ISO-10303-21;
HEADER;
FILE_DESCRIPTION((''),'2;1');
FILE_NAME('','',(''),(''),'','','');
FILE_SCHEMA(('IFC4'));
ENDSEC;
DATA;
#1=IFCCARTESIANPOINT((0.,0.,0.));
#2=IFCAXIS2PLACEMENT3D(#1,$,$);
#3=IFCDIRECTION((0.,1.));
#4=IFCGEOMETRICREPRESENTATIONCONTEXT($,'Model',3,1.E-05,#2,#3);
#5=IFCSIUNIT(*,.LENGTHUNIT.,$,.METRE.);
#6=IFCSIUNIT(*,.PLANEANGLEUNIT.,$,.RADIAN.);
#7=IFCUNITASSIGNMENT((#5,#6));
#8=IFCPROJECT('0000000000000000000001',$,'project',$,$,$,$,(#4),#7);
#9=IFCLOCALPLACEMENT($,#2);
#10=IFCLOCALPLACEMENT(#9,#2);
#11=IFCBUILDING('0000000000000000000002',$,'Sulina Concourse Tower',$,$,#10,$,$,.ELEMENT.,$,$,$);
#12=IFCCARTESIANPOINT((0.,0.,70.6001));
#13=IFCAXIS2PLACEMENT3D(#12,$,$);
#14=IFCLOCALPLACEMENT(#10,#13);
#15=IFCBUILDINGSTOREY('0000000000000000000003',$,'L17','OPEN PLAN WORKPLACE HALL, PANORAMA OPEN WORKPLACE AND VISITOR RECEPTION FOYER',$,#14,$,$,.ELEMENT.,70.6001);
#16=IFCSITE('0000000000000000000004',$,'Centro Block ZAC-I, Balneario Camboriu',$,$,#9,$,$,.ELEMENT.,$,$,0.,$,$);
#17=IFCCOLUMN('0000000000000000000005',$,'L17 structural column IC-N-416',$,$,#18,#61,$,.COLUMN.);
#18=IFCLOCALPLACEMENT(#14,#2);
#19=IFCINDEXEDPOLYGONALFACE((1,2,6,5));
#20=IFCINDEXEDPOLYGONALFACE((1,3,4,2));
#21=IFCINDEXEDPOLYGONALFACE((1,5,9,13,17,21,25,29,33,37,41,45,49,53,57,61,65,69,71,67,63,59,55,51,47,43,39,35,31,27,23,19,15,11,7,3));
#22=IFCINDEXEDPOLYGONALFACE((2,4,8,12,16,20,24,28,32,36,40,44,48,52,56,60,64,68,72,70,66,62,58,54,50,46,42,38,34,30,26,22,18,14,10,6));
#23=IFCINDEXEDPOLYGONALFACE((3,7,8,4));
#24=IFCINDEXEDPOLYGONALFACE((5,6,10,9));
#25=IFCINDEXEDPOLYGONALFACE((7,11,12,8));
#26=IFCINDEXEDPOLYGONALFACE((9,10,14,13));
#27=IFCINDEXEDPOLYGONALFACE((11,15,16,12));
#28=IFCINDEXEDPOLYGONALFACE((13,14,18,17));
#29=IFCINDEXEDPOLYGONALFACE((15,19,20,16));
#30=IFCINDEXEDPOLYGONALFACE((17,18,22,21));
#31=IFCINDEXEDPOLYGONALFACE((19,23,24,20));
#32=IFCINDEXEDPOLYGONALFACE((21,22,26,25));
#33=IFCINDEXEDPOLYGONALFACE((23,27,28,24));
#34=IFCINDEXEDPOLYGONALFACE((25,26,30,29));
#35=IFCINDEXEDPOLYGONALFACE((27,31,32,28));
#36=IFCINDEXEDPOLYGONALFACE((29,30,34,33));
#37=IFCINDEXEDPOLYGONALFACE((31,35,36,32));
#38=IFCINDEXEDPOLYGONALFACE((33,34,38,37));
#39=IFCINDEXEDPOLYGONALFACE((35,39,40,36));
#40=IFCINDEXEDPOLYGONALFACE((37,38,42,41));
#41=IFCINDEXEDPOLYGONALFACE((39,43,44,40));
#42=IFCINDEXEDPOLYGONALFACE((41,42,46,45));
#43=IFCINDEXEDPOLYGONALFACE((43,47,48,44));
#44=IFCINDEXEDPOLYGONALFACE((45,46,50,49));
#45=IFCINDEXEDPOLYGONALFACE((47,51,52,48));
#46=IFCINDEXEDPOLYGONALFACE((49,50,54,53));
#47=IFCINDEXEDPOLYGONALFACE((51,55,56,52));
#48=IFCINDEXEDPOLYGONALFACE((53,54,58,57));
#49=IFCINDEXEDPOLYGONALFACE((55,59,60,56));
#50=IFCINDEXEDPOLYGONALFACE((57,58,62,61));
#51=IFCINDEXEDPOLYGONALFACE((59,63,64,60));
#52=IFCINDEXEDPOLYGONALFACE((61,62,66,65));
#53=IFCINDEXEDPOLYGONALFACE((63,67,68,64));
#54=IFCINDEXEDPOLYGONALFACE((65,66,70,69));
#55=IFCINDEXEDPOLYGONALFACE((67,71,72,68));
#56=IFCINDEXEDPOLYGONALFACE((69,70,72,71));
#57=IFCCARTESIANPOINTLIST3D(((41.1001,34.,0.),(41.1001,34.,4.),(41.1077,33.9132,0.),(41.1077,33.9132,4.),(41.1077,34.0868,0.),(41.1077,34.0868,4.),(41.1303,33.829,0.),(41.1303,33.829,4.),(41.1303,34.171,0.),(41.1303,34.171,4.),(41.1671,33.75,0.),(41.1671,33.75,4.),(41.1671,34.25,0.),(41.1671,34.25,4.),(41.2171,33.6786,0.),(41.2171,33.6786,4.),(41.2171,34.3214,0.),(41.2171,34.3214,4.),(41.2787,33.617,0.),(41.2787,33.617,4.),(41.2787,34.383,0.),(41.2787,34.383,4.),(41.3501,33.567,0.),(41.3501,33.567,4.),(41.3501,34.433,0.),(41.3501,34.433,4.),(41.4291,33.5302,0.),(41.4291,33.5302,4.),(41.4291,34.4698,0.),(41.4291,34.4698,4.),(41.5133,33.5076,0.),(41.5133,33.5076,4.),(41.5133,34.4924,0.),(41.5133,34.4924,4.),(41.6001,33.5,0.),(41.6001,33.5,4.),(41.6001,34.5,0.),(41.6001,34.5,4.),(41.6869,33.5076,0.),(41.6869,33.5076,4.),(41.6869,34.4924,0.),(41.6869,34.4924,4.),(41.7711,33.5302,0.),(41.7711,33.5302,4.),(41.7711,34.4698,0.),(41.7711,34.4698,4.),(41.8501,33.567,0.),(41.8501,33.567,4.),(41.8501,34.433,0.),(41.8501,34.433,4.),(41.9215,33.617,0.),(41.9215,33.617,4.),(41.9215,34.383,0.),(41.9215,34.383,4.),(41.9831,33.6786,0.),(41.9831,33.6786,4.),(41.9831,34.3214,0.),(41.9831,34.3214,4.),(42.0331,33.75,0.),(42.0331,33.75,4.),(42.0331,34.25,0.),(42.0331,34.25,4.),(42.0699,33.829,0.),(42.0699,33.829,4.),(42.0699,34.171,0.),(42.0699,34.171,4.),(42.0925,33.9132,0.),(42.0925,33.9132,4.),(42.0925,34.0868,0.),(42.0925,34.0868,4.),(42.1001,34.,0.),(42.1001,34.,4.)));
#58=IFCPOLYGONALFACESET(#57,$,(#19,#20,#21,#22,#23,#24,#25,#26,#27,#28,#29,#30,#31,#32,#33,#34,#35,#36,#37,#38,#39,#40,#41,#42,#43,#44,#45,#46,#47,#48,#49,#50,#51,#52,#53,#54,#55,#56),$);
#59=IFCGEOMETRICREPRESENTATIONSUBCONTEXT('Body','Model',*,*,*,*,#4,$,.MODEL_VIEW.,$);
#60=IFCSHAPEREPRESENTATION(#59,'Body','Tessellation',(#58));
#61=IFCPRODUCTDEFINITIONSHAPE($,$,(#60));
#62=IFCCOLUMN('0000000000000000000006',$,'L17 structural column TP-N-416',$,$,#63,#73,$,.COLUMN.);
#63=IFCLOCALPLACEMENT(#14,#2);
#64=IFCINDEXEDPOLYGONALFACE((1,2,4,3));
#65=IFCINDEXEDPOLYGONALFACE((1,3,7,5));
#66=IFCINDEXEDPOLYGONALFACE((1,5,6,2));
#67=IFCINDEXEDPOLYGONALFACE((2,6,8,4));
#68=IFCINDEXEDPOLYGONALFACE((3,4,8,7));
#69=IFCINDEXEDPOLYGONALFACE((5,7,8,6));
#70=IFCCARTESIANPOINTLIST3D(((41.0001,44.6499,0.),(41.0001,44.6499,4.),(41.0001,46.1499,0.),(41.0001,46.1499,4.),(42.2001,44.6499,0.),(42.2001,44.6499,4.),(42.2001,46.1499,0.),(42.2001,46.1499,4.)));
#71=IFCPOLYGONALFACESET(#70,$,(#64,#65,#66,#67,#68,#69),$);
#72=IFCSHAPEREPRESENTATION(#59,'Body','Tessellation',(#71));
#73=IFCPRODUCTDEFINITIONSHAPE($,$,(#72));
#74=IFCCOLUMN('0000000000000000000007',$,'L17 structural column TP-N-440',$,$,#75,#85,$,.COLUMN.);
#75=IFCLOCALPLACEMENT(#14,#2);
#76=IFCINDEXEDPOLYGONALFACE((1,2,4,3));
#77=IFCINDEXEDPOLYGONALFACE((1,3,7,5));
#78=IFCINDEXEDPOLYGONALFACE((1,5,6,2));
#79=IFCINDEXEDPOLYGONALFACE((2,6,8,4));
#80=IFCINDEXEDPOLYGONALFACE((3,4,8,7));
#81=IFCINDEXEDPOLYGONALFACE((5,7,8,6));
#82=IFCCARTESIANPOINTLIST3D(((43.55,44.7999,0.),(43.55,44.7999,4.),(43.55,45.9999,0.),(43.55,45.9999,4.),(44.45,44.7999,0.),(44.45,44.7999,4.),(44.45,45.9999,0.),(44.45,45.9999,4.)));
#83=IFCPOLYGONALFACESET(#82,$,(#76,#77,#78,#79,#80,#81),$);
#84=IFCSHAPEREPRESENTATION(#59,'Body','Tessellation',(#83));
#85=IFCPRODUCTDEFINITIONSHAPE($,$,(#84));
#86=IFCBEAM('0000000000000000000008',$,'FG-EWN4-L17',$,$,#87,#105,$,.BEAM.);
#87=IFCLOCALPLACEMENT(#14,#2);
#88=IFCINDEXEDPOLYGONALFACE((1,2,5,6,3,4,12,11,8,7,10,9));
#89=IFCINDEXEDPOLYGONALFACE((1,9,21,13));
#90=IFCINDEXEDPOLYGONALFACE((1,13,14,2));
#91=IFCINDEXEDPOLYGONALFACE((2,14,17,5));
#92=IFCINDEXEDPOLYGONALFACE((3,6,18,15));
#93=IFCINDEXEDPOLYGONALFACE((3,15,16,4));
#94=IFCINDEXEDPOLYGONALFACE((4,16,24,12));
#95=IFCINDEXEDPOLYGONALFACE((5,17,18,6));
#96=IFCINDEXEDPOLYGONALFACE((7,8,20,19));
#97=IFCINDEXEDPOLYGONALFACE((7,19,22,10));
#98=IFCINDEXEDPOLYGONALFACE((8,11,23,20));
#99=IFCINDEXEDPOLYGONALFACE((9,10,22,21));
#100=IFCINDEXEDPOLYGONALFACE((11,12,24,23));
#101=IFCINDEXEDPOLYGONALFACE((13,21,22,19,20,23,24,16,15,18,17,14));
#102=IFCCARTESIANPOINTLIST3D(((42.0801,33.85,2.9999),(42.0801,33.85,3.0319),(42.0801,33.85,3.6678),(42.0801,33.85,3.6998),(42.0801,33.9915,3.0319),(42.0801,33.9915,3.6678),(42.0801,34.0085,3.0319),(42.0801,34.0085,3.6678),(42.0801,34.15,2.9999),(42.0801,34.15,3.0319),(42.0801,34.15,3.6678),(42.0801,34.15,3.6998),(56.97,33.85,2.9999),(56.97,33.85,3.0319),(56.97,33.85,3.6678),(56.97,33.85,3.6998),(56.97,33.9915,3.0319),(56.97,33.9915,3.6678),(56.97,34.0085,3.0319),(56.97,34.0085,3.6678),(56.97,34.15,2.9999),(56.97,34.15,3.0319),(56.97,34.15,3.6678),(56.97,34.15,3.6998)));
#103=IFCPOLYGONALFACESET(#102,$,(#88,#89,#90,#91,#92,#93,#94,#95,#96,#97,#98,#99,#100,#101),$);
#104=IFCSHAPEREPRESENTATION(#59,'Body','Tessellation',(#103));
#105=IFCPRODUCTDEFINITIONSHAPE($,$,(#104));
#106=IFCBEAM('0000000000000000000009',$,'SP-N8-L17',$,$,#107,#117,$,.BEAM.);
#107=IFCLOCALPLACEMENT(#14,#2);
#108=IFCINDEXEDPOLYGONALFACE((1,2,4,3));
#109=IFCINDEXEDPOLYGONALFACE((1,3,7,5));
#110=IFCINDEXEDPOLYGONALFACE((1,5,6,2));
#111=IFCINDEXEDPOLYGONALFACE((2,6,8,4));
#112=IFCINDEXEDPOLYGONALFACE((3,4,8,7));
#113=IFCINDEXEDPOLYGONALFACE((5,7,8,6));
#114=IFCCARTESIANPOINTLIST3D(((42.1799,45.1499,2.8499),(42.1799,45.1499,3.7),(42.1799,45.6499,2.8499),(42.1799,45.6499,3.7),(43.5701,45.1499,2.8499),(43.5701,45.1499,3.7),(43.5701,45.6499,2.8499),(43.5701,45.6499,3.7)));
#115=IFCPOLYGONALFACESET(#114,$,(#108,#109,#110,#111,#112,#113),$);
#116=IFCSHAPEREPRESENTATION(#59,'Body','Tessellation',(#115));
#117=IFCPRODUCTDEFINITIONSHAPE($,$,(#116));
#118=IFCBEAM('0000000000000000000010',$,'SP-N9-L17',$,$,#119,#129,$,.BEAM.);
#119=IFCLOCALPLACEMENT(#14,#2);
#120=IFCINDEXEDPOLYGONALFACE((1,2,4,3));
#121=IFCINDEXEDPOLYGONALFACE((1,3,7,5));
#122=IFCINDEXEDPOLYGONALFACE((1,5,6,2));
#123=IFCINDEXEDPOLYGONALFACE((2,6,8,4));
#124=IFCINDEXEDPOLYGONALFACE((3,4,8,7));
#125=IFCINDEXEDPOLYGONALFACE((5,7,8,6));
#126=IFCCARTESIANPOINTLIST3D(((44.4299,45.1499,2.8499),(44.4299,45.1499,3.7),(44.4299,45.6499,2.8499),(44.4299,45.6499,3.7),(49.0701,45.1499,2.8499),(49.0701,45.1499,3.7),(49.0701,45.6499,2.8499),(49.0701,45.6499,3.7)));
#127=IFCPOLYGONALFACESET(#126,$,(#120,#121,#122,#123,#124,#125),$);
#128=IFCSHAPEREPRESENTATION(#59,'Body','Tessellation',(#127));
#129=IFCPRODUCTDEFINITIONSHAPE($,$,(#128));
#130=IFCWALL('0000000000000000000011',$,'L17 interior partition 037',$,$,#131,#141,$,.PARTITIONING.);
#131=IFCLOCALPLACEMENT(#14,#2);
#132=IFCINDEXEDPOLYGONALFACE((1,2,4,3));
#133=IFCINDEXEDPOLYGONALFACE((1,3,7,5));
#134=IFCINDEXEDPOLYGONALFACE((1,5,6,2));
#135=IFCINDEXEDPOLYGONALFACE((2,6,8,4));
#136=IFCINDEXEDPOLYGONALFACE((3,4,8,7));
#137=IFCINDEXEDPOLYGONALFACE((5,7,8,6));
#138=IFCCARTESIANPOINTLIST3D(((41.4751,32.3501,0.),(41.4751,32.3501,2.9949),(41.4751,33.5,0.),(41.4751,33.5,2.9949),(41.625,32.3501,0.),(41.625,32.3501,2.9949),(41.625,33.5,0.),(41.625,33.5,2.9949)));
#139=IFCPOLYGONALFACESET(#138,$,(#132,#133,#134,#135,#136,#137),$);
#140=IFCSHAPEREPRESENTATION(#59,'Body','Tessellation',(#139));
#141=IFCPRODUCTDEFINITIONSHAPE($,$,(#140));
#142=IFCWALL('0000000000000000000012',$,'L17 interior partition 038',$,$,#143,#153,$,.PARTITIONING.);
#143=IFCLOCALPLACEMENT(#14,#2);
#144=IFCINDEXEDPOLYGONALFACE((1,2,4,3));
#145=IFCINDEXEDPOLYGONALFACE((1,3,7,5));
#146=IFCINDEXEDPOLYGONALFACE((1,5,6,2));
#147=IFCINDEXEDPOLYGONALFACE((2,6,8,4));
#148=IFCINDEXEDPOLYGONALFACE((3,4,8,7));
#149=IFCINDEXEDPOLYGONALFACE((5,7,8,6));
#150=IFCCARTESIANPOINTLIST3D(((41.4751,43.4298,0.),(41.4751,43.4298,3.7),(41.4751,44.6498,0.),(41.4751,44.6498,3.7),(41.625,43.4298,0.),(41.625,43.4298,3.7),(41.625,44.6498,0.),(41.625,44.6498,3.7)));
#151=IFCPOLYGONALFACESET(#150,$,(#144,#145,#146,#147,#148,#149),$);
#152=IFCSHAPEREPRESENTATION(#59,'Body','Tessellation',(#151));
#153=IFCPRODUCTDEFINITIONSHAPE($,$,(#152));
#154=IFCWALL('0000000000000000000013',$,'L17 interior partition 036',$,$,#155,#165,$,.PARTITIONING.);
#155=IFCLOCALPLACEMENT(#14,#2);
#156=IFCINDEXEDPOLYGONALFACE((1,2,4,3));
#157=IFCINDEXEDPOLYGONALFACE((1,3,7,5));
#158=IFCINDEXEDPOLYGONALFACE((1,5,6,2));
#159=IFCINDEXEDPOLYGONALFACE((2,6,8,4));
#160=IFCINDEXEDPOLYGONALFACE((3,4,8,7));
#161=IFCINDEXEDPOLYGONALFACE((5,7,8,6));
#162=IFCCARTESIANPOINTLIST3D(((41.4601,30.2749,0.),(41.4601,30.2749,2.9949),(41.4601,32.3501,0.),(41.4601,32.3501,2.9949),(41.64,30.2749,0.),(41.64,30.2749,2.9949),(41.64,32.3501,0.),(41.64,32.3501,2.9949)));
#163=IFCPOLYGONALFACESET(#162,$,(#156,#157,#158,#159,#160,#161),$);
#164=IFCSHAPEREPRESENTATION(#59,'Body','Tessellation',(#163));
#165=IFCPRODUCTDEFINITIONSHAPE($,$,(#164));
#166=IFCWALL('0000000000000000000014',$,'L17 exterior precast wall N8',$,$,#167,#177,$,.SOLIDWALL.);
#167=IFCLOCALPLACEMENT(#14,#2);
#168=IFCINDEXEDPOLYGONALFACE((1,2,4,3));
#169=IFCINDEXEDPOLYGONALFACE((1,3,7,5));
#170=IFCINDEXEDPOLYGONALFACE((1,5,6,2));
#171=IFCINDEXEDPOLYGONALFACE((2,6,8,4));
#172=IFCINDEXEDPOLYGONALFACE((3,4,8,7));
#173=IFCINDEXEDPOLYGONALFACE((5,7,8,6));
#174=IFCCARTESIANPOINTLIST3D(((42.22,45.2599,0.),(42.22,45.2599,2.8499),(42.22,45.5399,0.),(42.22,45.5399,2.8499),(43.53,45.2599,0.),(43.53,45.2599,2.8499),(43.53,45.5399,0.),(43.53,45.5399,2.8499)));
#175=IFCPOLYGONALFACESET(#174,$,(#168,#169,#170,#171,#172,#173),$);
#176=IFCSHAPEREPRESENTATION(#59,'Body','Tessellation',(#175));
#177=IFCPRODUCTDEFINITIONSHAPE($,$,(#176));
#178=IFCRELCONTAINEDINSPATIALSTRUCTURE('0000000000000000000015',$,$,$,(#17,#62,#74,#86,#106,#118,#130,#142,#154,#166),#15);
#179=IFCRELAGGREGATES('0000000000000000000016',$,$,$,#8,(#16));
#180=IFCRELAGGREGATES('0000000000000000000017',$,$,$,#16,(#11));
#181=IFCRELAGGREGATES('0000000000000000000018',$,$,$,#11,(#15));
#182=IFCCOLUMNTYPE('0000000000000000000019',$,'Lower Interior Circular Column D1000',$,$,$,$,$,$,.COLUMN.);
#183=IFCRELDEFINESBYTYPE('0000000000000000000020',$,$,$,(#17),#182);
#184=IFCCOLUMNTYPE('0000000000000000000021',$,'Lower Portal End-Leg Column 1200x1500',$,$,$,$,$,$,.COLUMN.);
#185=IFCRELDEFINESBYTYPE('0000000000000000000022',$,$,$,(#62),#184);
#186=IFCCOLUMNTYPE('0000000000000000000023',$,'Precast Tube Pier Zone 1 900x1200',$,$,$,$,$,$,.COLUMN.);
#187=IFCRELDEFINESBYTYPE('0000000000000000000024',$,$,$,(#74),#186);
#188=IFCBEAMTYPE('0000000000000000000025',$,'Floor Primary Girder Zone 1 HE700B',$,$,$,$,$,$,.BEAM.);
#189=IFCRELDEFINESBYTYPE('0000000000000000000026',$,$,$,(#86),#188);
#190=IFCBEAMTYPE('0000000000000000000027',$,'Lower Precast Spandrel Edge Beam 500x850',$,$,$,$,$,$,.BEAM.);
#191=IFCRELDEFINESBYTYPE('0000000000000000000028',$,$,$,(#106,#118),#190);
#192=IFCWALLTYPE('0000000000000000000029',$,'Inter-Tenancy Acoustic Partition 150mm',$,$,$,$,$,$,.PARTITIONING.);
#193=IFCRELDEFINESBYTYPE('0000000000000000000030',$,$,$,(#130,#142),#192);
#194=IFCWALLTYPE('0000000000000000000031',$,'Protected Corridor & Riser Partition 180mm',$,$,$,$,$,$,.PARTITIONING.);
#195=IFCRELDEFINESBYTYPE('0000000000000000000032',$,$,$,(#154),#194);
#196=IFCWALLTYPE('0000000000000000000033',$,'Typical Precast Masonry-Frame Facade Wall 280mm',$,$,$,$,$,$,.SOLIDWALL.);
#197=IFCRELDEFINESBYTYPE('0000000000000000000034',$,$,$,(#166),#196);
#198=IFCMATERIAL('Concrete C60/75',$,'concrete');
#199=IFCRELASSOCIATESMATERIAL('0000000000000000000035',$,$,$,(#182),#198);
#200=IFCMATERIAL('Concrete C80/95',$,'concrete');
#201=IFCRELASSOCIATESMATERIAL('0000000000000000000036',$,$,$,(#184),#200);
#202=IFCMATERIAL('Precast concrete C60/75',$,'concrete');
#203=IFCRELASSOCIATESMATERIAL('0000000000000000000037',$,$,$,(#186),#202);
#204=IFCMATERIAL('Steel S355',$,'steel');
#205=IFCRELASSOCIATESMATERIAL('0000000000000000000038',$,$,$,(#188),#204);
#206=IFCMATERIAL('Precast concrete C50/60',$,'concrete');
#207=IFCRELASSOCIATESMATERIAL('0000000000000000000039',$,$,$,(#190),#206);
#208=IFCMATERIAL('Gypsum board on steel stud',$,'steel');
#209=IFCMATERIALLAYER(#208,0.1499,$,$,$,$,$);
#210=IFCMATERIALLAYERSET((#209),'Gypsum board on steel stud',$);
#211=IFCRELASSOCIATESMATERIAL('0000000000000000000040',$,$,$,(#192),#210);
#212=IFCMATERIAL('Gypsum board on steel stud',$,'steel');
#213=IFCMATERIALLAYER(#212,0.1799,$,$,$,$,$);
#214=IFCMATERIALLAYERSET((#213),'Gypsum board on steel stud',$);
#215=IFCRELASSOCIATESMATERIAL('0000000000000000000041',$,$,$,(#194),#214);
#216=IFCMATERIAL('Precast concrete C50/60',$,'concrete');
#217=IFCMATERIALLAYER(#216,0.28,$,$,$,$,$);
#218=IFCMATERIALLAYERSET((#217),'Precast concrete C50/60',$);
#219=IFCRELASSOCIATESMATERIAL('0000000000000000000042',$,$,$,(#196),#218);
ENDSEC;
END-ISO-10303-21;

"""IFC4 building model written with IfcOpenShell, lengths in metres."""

from ifc_helpers import new_model, si_unit, direction, frame, frame_2d, origin, origin_2d, place, context, subcontext, project, spatial, rectangle, circle, i_section, extrude, material, layer, layer_set, material_profile, profile_set, type_object, element, save


model = new_model("IFC4")

# Units and contexts
model_context = context("Model", 3, precision=1e-05, world=origin(), true_north=direction((0.0, 1.0)))
body_context = subcontext(model_context, "Body", "Model", "MODEL_VIEW")
ifc_project = project(units=[si_unit("LENGTHUNIT", "METRE"), si_unit("PLANEANGLEUNIT", "RADIAN")], contexts=[model_context])

# Site, building, storey
site_placement = place(None, origin())
site = spatial("IfcSite", under=ifc_project, at=site_placement, Name="Centro Block ZAC-I, Balneario Camboriu", CompositionType="ELEMENT", RefElevation=0.0)
building_placement = place(site_placement, origin())
building = spatial("IfcBuilding", under=site, at=building_placement, Name="Sulina Concourse Tower", CompositionType="ELEMENT")
storey_placement = place(building_placement, frame((0.0, 0.0, 70.6001)))
storey = spatial("IfcBuildingStorey", under=building, at=storey_placement, Name="L17", Description="OPEN PLAN WORKPLACE HALL, PANORAMA OPEN WORKPLACE AND VISITOR RECEPTION FOYER", CompositionType="ELEMENT", Elevation=70.6001)

# Columns
ifc_material_1 = material(Name="Concrete C60/75", Category="concrete")
ifc_material_profile_1 = material_profile(ifc_material_1, circle(Radius=0.5, at=origin_2d()), Name="RC D1000")
ifc_profile_set_1 = profile_set([ifc_material_profile_1], Name="Concrete C60/75")
column_type_1 = type_object("IfcColumnType", Name="Lower Interior Circular Column D1000", PredefinedType="COLUMN", material=ifc_profile_set_1)
column_1_placement = place(storey_placement, frame((41.6001, 34.0, 0.0), z_axis=(0.0, 0.0, 1.0), x_axis=(1.0, 0.0, 0.0)))
element("IfcColumn", 1, at=column_1_placement, inside=storey, type_object=column_type_1, Name="L17 structural column IC-N-416", PredefinedType="COLUMN", context=body_context, shape_type="SweptSolid", body=[
    extrude(circle(Radius=0.5, at=origin_2d()), origin(), (0.0, 0.0, 1.0), 4.0),
])
ifc_material_2 = material(Name="Concrete C80/95", Category="concrete")
ifc_material_profile_2 = material_profile(ifc_material_2, rectangle(XDim=1.2, YDim=1.5, at=origin_2d()), Name="RC 1200x1500")
ifc_profile_set_2 = profile_set([ifc_material_profile_2], Name="Concrete C80/95")
column_type_2 = type_object("IfcColumnType", Name="Lower Portal End-Leg Column 1200x1500", PredefinedType="COLUMN", material=ifc_profile_set_2)
column_2_placement = place(storey_placement, frame((41.6001, 45.3999, 0.0), z_axis=(0.0, 0.0, 1.0), x_axis=(1.0, 0.0, 0.0)))
element("IfcColumn", 2, at=column_2_placement, inside=storey, type_object=column_type_2, Name="L17 structural column TP-N-416", PredefinedType="COLUMN", context=body_context, shape_type="SweptSolid", body=[
    extrude(rectangle(XDim=1.2, YDim=1.5, at=origin_2d()), origin(), (0.0, 0.0, 1.0), 4.0),
])
ifc_material_3 = material(Name="Precast concrete C60/75", Category="concrete")
ifc_material_profile_3 = material_profile(ifc_material_3, rectangle(XDim=0.8999, YDim=1.2, at=origin_2d()), Name="PC 900x1200")
ifc_profile_set_3 = profile_set([ifc_material_profile_3], Name="Precast concrete C60/75")
column_type_3 = type_object("IfcColumnType", Name="Precast Tube Pier Zone 1 900x1200", PredefinedType="COLUMN", material=ifc_profile_set_3)
column_3_placement = place(storey_placement, frame((44.0, 45.3999, 0.0), z_axis=(0.0, 0.0, 1.0), x_axis=(1.0, 0.0, 0.0)))
element("IfcColumn", 3, at=column_3_placement, inside=storey, type_object=column_type_3, Name="L17 structural column TP-N-440", PredefinedType="COLUMN", context=body_context, shape_type="SweptSolid", body=[
    extrude(rectangle(XDim=0.8999, YDim=1.2, at=origin_2d()), origin(), (0.0, 0.0, 1.0), 4.0),
])

# Beams
ifc_material_4 = material(Name="Steel S355", Category="steel")
ifc_material_profile_4 = material_profile(ifc_material_4, i_section(OverallWidth=0.3, OverallDepth=0.7, WebThickness=0.0171, FlangeThickness=0.032, at=origin_2d()), Name="HE 700 B")
ifc_profile_set_4 = profile_set([ifc_material_profile_4], Name="Steel S355")
beam_type_1 = type_object("IfcBeamType", Name="Floor Primary Girder Zone 1 HE700B", PredefinedType="BEAM", material=ifc_profile_set_4)
beam_1_placement = place(storey_placement, frame((42.0801, 34.0, 3.3499), z_axis=(1.0, 0.0, 0.0), x_axis=(0.0, 1.0, 0.0)))
element("IfcBeam", 4, at=beam_1_placement, inside=storey, type_object=beam_type_1, Name="FG-EWN4-L17", PredefinedType="BEAM", context=body_context, shape_type="SweptSolid", body=[
    extrude(i_section(OverallWidth=0.3, OverallDepth=0.7, WebThickness=0.0171, FlangeThickness=0.032, at=origin_2d()), origin(), (0.0, 0.0, 1.0), 14.8899),
])
ifc_material_5 = material(Name="Precast concrete C50/60", Category="concrete")
ifc_material_profile_5 = material_profile(ifc_material_5, rectangle(XDim=0.5, YDim=0.8501, at=origin_2d()), Name="RC 500x850")
ifc_profile_set_5 = profile_set([ifc_material_profile_5], Name="Precast concrete C50/60")
beam_type_2 = type_object("IfcBeamType", Name="Lower Precast Spandrel Edge Beam 500x850", PredefinedType="BEAM", material=ifc_profile_set_5)
beam_2_placement = place(storey_placement, frame((42.1799, 45.3999, 3.2749), z_axis=(1.0, 0.0, 0.0), x_axis=(0.0, 1.0, 0.0)))
element("IfcBeam", 5, at=beam_2_placement, inside=storey, type_object=beam_type_2, Name="SP-N8-L17", PredefinedType="BEAM", context=body_context, shape_type="SweptSolid", body=[
    extrude(rectangle(XDim=0.5, YDim=0.8501, at=origin_2d()), origin(), (0.0, 0.0, 1.0), 1.3901),
])
beam_3_placement = place(storey_placement, frame((44.4299, 45.3999, 3.2749), z_axis=(1.0, 0.0, 0.0), x_axis=(0.0, 1.0, 0.0)))
element("IfcBeam", 6, at=beam_3_placement, inside=storey, type_object=beam_type_2, Name="SP-N9-L17", PredefinedType="BEAM", context=body_context, shape_type="SweptSolid", body=[
    extrude(rectangle(XDim=0.5, YDim=0.8501, at=origin_2d()), origin(), (0.0, 0.0, 1.0), 4.6401),
])

# Walls
ifc_material_6 = material(Name="Gypsum board on steel stud", Category="steel")
ifc_layer_1 = layer(ifc_material_6, 0.1499)
ifc_layer_set_1 = layer_set([ifc_layer_1], Name="Gypsum board on steel stud")
wall_type_1 = type_object("IfcWallType", Name="Inter-Tenancy Acoustic Partition 150mm", PredefinedType="PARTITIONING", material=ifc_layer_set_1)
wall_1_placement = place(storey_placement, frame((41.55, 32.3501, 0.0), z_axis=(0.0, 0.0, 1.0), x_axis=(0.0, 1.0, 0.0)))
element("IfcWall", 7, at=wall_1_placement, inside=storey, type_object=wall_type_1, Name="L17 interior partition 037", PredefinedType="PARTITIONING", context=body_context, shape_type="SweptSolid", body=[
    extrude(rectangle(XDim=1.1499, YDim=0.1499, at=frame_2d((0.575, 0.0))), origin(), (0.0, 0.0, 1.0), 2.9949),
])
wall_2_placement = place(storey_placement, frame((41.55, 43.4299, 0.0), z_axis=(0.0, 0.0, 1.0), x_axis=(0.0, 1.0, 0.0)))
element("IfcWall", 8, at=wall_2_placement, inside=storey, type_object=wall_type_1, Name="L17 interior partition 038", PredefinedType="PARTITIONING", context=body_context, shape_type="SweptSolid", body=[
    extrude(rectangle(XDim=1.22, YDim=0.1499, at=frame_2d((0.6099, 0.0))), origin(), (0.0, 0.0, 1.0), 3.7),
])
ifc_material_7 = material(Name="Gypsum board on steel stud", Category="steel")
ifc_layer_2 = layer(ifc_material_7, 0.1799)
ifc_layer_set_2 = layer_set([ifc_layer_2], Name="Gypsum board on steel stud")
wall_type_2 = type_object("IfcWallType", Name="Protected Corridor & Riser Partition 180mm", PredefinedType="PARTITIONING", material=ifc_layer_set_2)
wall_3_placement = place(storey_placement, frame((41.55, 30.2749, 0.0), z_axis=(0.0, 0.0, 1.0), x_axis=(0.0, 1.0, 0.0)))
element("IfcWall", 9, at=wall_3_placement, inside=storey, type_object=wall_type_2, Name="L17 interior partition 036", PredefinedType="PARTITIONING", context=body_context, shape_type="SweptSolid", body=[
    extrude(rectangle(XDim=2.0752, YDim=0.1799, at=frame_2d((1.0376, 0.0))), origin(), (0.0, 0.0, 1.0), 2.9949),
])
ifc_material_8 = material(Name="Precast concrete C50/60", Category="concrete")
ifc_layer_3 = layer(ifc_material_8, 0.28)
ifc_layer_set_3 = layer_set([ifc_layer_3], Name="Precast concrete C50/60")
wall_type_3 = type_object("IfcWallType", Name="Typical Precast Masonry-Frame Facade Wall 280mm", PredefinedType="SOLIDWALL", material=ifc_layer_set_3)
wall_4_placement = place(storey_placement, frame((42.22, 45.3999, 0.0), z_axis=(0.0, 0.0, 1.0), x_axis=(1.0, 0.0, 0.0)))
element("IfcWall", 10, at=wall_4_placement, inside=storey, type_object=wall_type_3, Name="L17 exterior precast wall N8", PredefinedType="SOLIDWALL", context=body_context, shape_type="SweptSolid", body=[
    extrude(rectangle(XDim=1.3101, YDim=0.28, at=frame_2d((0.655, 0.0))), origin(), (0.0, 0.0, 1.0), 2.8499),
])

save(model, "model.ifc")
